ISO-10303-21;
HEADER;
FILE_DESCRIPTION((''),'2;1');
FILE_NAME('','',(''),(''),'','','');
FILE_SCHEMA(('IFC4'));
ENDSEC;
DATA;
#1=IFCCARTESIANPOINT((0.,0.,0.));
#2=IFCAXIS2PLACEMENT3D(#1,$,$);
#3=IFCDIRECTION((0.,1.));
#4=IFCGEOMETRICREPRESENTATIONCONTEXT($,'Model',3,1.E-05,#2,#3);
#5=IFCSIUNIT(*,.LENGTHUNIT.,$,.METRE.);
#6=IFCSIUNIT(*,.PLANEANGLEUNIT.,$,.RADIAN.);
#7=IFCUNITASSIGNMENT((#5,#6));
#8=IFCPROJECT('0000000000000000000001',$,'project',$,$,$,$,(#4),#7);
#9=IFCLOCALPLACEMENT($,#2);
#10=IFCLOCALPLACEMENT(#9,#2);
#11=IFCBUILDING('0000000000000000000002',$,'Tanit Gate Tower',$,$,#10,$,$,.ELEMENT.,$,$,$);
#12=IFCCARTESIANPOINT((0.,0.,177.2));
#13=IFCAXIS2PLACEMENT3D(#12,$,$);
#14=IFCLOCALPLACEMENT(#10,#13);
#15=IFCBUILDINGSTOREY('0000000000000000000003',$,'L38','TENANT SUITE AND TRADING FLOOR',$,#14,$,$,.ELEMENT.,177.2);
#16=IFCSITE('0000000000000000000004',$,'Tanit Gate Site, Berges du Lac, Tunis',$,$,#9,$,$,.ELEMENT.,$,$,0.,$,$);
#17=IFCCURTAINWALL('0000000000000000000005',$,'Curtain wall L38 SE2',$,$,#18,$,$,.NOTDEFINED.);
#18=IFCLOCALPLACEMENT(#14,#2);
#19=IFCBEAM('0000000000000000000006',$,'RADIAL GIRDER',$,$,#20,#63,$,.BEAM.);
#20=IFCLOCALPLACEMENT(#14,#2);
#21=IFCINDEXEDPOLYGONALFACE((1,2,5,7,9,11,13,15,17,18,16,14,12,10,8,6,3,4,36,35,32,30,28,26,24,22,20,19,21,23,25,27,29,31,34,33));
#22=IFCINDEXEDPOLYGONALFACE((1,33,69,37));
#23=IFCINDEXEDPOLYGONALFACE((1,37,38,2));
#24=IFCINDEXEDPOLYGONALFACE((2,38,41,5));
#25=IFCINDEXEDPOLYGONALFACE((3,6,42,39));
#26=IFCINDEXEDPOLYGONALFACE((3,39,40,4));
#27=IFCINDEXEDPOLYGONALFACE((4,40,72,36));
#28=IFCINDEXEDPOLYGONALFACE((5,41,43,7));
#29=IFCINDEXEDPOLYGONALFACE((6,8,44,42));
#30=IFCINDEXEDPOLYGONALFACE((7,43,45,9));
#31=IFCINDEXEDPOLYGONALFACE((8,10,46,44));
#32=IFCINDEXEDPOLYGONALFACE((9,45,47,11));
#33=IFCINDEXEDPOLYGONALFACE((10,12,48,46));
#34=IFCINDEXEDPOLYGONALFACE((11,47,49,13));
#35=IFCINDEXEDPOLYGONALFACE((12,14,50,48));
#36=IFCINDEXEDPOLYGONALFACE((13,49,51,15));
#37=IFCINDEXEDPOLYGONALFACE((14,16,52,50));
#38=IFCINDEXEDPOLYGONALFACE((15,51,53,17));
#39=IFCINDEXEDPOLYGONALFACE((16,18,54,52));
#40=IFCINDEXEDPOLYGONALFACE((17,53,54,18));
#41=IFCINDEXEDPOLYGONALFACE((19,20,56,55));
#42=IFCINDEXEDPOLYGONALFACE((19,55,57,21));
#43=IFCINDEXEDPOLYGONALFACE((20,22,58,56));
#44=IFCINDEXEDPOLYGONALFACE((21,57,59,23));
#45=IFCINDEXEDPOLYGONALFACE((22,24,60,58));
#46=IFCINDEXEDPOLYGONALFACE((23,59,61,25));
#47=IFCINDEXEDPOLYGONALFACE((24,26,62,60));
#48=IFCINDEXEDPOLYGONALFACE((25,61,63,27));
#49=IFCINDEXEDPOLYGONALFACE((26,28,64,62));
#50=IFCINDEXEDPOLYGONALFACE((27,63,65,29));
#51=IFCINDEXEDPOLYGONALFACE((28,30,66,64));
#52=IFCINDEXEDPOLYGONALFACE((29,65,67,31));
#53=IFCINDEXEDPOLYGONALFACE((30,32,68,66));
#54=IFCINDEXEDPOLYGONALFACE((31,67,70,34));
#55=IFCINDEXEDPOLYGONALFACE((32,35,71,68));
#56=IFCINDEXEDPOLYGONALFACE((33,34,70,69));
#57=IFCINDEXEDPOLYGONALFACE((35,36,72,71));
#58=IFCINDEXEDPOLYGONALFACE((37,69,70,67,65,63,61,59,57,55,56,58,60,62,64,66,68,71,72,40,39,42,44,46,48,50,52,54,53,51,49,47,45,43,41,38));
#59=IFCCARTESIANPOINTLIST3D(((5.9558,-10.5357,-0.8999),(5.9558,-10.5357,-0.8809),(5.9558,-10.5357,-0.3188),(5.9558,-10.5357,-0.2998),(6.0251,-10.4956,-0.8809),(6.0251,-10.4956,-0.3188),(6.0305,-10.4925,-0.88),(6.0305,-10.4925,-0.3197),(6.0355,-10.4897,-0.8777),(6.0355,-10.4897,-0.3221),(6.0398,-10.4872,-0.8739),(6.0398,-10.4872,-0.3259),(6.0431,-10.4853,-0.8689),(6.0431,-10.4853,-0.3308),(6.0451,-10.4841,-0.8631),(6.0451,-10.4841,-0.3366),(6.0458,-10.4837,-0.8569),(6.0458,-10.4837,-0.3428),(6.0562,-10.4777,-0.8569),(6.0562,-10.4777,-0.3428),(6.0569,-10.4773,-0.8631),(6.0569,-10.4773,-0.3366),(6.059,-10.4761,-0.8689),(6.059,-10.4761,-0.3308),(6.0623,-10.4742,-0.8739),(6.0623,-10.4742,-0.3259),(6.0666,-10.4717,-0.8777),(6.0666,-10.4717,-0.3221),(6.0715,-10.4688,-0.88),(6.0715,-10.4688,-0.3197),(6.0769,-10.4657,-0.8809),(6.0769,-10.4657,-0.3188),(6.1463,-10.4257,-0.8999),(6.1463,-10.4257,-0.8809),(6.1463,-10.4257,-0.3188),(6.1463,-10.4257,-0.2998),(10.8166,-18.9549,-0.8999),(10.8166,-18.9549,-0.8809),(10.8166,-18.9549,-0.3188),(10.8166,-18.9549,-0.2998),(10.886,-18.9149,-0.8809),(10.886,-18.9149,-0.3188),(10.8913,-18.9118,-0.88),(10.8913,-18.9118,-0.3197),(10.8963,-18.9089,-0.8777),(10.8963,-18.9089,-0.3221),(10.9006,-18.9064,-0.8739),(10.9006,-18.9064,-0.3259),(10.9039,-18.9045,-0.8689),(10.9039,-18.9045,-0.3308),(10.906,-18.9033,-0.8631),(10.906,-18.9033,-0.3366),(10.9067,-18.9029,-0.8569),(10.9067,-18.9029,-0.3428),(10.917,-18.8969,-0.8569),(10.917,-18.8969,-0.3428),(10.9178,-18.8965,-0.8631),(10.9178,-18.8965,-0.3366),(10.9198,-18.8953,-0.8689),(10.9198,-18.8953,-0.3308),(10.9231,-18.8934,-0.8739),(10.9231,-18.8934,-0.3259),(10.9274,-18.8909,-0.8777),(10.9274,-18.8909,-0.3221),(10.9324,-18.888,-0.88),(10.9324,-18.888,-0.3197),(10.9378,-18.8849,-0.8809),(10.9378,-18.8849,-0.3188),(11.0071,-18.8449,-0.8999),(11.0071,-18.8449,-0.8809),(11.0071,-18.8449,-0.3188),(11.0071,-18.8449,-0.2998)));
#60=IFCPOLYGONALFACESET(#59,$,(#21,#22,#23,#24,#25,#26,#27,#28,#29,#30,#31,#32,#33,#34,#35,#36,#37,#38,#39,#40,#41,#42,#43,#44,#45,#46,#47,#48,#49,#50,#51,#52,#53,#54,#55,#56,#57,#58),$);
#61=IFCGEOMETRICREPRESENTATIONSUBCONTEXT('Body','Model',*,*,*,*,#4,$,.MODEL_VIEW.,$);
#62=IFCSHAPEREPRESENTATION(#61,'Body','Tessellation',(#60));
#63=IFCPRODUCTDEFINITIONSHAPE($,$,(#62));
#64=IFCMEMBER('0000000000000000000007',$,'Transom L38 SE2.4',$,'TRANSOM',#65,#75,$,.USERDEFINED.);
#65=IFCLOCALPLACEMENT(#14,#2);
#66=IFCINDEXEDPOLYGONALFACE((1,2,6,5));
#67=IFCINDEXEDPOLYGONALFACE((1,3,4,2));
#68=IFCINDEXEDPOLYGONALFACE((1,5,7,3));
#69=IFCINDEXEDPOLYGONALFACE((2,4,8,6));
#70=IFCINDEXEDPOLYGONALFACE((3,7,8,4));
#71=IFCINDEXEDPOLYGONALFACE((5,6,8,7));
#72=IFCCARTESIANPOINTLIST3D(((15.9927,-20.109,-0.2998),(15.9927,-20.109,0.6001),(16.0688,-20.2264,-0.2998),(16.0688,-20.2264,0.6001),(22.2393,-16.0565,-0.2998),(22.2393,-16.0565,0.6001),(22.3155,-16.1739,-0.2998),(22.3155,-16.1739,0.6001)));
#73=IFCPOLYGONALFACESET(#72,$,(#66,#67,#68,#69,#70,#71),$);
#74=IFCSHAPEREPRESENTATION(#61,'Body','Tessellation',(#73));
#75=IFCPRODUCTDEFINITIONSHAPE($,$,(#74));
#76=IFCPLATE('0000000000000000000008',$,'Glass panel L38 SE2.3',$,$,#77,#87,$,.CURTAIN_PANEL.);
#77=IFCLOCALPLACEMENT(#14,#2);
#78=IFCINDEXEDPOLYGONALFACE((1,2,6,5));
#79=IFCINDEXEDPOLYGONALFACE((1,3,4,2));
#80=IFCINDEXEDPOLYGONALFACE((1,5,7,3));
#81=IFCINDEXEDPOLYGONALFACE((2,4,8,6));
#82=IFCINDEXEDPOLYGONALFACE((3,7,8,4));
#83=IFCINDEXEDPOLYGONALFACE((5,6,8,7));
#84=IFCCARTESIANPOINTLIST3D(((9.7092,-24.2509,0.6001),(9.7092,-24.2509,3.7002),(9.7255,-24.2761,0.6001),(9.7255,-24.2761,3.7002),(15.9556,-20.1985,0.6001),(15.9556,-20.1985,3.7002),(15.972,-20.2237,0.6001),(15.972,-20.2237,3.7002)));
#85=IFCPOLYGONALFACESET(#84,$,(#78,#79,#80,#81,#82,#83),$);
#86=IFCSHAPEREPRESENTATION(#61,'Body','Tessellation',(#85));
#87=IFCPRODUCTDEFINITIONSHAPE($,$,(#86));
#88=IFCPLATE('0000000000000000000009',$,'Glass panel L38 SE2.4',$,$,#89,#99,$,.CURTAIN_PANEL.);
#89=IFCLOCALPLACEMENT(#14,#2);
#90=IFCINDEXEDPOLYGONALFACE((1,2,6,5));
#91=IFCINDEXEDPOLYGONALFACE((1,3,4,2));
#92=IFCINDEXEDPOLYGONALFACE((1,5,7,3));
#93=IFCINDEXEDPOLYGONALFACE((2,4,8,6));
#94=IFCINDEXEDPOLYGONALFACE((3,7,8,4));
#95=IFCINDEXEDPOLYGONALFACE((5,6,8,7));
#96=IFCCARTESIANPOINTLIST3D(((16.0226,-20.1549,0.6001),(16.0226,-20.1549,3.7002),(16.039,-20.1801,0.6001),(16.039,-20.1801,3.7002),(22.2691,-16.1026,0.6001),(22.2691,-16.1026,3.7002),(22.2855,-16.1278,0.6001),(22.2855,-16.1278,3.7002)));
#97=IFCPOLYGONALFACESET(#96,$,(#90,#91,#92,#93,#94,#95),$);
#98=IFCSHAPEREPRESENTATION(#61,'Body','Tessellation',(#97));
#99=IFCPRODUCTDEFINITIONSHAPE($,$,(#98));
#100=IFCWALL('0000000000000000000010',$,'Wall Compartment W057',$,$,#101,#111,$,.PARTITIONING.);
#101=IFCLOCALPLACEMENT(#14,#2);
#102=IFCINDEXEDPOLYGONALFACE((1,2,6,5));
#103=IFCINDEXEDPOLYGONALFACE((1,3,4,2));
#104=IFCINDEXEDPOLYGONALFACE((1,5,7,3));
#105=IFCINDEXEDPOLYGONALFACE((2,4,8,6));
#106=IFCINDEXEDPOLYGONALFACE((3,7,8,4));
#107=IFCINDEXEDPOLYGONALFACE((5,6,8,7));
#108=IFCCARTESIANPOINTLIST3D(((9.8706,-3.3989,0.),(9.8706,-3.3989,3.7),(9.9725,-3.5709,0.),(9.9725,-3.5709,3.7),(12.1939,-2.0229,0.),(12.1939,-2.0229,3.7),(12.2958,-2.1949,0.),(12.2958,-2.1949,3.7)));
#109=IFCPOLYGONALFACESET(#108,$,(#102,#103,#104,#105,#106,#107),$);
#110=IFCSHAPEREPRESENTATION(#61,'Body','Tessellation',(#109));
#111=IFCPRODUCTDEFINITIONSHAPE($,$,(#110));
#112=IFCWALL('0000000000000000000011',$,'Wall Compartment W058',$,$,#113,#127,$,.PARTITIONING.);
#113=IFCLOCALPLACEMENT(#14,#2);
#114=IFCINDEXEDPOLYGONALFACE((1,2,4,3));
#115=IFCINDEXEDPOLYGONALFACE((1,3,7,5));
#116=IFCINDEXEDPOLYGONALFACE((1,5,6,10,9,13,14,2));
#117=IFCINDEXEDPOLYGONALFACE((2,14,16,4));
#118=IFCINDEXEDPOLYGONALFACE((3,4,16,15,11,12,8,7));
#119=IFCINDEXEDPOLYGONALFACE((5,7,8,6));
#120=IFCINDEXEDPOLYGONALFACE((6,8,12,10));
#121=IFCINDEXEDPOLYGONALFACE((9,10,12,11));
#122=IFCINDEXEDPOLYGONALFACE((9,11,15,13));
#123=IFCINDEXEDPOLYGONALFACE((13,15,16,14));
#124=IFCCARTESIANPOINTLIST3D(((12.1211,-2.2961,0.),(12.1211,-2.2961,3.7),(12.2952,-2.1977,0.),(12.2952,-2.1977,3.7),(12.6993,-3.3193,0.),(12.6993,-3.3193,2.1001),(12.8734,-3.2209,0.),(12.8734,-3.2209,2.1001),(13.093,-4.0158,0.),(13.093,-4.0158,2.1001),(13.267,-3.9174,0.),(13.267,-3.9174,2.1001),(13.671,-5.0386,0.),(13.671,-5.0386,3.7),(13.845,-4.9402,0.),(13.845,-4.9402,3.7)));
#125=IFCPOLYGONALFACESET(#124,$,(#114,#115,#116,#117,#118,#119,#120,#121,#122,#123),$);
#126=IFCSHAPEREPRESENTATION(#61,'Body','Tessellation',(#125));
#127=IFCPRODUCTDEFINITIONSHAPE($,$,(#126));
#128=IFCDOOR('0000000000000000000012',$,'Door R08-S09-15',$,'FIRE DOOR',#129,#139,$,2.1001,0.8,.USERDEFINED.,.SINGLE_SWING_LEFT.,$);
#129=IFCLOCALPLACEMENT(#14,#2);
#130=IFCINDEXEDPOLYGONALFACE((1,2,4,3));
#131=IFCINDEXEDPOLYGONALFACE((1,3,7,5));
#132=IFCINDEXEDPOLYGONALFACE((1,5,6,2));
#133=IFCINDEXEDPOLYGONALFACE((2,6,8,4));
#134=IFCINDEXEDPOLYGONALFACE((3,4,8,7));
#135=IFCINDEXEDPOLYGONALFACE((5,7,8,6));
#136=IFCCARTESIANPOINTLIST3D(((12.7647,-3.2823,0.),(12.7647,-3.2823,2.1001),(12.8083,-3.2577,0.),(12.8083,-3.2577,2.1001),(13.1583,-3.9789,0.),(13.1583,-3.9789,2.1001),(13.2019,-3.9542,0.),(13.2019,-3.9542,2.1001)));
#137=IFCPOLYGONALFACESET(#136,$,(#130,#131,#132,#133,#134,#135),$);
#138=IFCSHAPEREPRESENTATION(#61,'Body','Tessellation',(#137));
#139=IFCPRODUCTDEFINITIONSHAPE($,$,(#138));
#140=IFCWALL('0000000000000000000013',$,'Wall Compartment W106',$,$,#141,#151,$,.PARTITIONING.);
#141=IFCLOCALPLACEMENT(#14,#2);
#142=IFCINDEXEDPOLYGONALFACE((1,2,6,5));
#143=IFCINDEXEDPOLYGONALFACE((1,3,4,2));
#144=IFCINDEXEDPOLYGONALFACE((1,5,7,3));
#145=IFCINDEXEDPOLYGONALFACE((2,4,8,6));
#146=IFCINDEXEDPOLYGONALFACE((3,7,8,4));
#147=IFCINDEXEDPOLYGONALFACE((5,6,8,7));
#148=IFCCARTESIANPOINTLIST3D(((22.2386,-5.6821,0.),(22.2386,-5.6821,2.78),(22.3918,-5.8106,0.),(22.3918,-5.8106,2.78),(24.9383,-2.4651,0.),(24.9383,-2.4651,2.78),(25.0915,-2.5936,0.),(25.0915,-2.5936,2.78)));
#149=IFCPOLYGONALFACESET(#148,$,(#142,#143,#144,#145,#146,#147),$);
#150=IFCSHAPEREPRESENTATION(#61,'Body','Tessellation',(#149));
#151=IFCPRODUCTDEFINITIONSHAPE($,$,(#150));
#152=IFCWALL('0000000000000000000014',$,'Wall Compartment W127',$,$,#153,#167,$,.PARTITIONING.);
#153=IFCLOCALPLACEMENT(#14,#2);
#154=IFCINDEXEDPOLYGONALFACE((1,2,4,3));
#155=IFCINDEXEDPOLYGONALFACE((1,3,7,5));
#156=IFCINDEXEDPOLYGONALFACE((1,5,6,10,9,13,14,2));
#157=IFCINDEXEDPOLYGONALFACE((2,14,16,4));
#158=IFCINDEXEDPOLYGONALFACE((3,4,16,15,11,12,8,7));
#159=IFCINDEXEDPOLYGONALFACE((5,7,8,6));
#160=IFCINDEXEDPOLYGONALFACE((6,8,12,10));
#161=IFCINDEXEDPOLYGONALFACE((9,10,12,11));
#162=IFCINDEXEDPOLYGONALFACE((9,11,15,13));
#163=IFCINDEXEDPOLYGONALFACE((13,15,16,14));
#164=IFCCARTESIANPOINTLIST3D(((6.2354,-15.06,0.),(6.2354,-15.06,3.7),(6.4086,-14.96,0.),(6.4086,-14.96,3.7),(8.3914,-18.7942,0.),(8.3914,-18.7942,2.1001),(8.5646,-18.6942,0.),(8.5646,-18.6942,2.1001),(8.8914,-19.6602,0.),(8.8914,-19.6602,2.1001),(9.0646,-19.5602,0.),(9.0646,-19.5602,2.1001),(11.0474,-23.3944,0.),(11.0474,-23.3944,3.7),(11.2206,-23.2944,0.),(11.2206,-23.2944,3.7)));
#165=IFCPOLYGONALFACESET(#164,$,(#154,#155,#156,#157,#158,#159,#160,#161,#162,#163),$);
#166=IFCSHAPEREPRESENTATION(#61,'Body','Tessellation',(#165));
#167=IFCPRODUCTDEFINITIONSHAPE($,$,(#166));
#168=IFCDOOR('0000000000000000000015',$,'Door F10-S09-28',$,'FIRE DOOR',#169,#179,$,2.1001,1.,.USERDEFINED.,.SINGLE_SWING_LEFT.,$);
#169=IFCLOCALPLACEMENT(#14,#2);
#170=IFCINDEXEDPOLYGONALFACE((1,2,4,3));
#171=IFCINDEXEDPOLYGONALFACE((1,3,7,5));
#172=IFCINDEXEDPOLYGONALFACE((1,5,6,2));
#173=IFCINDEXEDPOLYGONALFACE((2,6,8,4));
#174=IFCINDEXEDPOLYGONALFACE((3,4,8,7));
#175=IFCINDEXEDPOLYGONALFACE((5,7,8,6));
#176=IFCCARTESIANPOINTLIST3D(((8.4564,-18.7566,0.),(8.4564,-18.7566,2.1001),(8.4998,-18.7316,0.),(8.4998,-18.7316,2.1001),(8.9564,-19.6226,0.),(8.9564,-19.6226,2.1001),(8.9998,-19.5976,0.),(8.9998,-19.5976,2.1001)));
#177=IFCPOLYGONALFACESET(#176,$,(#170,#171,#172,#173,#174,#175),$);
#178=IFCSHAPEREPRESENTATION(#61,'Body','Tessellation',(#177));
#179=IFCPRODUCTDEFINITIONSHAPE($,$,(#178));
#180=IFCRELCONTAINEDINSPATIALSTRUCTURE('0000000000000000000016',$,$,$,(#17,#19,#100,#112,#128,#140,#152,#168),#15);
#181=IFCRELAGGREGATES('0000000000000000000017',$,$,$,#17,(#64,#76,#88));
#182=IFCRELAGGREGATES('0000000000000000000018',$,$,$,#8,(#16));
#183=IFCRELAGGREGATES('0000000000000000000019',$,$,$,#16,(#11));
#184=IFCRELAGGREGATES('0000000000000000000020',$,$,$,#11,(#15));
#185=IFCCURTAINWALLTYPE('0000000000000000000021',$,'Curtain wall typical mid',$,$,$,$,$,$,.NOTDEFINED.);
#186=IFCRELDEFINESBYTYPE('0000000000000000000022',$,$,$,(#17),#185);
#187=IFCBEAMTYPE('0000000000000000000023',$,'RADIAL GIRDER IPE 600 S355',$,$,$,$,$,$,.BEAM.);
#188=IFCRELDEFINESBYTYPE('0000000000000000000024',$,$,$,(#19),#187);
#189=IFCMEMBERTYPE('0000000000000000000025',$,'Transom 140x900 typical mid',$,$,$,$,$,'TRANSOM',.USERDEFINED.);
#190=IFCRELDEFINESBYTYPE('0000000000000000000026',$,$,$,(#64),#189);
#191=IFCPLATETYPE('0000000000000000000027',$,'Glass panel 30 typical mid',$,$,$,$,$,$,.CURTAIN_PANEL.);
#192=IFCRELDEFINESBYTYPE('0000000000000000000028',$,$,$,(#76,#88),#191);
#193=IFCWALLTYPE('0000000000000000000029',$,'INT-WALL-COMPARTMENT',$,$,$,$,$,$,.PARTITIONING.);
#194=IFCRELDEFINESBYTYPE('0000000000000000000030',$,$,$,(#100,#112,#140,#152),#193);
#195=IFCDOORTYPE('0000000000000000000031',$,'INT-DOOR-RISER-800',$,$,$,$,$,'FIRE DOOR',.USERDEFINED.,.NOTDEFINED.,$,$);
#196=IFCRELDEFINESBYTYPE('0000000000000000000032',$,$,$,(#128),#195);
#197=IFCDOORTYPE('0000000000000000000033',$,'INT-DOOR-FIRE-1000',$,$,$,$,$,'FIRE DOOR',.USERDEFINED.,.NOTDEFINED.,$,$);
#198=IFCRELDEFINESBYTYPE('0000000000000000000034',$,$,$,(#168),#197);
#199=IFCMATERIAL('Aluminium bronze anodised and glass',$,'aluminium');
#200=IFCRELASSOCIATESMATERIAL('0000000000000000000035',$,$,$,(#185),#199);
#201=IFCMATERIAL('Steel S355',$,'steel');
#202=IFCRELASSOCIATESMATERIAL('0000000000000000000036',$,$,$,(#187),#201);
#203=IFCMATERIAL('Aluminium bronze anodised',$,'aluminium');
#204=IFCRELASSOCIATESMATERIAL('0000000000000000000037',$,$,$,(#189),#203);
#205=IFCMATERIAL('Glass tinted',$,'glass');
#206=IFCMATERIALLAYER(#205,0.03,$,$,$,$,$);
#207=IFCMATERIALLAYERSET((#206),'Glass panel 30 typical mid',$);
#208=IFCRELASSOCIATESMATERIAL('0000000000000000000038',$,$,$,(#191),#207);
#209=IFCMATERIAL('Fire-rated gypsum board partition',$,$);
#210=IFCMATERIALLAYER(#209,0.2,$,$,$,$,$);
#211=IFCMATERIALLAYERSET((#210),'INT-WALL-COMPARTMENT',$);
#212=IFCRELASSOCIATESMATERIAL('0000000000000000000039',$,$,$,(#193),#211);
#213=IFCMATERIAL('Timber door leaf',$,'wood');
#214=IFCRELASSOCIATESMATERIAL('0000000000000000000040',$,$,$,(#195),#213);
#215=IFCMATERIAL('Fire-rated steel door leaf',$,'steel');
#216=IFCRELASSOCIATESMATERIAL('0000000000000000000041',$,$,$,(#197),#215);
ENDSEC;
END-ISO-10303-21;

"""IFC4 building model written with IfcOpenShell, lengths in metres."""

from ifc_helpers import new_model, si_unit, direction, frame, frame_2d, origin, origin_2d, place, context, subcontext, project, spatial, rectangle, i_section, extrude, material, layer, layer_set, material_profile, profile_set, type_object, element, fill, aggregate, save


model = new_model("IFC4")

# Units and contexts
model_context = context("Model", 3, precision=1e-05, world=origin(), true_north=direction((0.0, 1.0)))
body_context = subcontext(model_context, "Body", "Model", "MODEL_VIEW")
ifc_project = project(units=[si_unit("LENGTHUNIT", "METRE"), si_unit("PLANEANGLEUNIT", "RADIAN")], contexts=[model_context])

# Site, building, storey
site_placement = place(None, origin())
site = spatial("IfcSite", under=ifc_project, at=site_placement, Name="Tanit Gate Site, Berges du Lac, Tunis", CompositionType="ELEMENT", RefElevation=0.0)
building_placement = place(site_placement, origin())
building = spatial("IfcBuilding", under=site, at=building_placement, Name="Tanit Gate Tower", CompositionType="ELEMENT")
storey_placement = place(building_placement, frame((0.0, 0.0, 177.2)))
storey = spatial("IfcBuildingStorey", under=building, at=storey_placement, Name="L38", Description="TENANT SUITE AND TRADING FLOOR", CompositionType="ELEMENT", Elevation=177.2)

# Curtain wall
ifc_material_1 = material(Name="Aluminium bronze anodised and glass", Category="aluminium")
curtain_wall_type = type_object("IfcCurtainWallType", Name="Curtain wall typical mid", PredefinedType="NOTDEFINED", material=ifc_material_1)
curtain_wall_placement = place(storey_placement, origin())
curtain_wall = element("IfcCurtainWall", 1, at=curtain_wall_placement, inside=storey, type_object=curtain_wall_type, Name="Curtain wall L38 SE2", PredefinedType="NOTDEFINED")

# Beam
ifc_material_2 = material(Name="Steel S355", Category="steel")
ifc_material_profile_1 = material_profile(ifc_material_2, i_section(OverallWidth=0.22, OverallDepth=0.6001, WebThickness=0.012, FlangeThickness=0.019, FilletRadius=0.0239, at=origin_2d()), Name="IPE 600")
ifc_profile_set_1 = profile_set([ifc_material_profile_1], Name="Steel S355")
beam_type_1 = type_object("IfcBeamType", Name="RADIAL GIRDER IPE 600 S355", PredefinedType="BEAM", material=ifc_profile_set_1)
beam_1_placement = place(storey_placement, frame((10.9119, -18.8999, -0.5999), z_axis=(-0.500001, 0.866025, 0.0), x_axis=(-0.866025, -0.500001, 0.0)))
element("IfcBeam", 2, at=beam_1_placement, inside=storey, type_object=beam_type_1, Name="RADIAL GIRDER", PredefinedType="BEAM", context=body_context, shape_type="SweptSolid", body=[
    extrude(i_section(OverallWidth=0.22, OverallDepth=0.6001, WebThickness=0.012, FlangeThickness=0.019, FilletRadius=0.0239, at=origin_2d()), origin(), (0.0, 0.0, 1.0), 9.7217),
])

# Member
ifc_material_3 = material(Name="Aluminium bronze anodised", Category="aluminium")
ifc_material_profile_2 = material_profile(ifc_material_3, rectangle(XDim=0.1399, YDim=0.8999, at=origin_2d()), Name="140x900 bronze transom")
ifc_profile_set_2 = profile_set([ifc_material_profile_2], Name="Aluminium bronze anodised")
member_type_1 = type_object("IfcMemberType", Name="Transom 140x900 typical mid", ElementType="TRANSOM", PredefinedType="USERDEFINED", material=ifc_profile_set_2)
member_1_placement = place(storey_placement, frame((16.0308, -20.1677, 0.1501), z_axis=(0.838921, 0.544253, 0.0), x_axis=(-0.544253, 0.838921, 0.0)))
member_1 = element("IfcMember", 3, at=member_1_placement, type_object=member_type_1, Name="Transom L38 SE2.4", ObjectType="TRANSOM", PredefinedType="USERDEFINED", context=body_context, shape_type="SweptSolid", body=[
    extrude(rectangle(XDim=0.1399, YDim=0.8999, at=origin_2d()), origin(), (0.0, 0.0, 1.0), 7.446),
])

# Plates
ifc_material_4 = material(Name="Glass tinted", Category="glass")
ifc_layer_1 = layer(ifc_material_4, 0.03)
ifc_layer_set_1 = layer_set([ifc_layer_1], Name="Glass panel 30 typical mid")
plate_type = type_object("IfcPlateType", Name="Glass panel 30 typical mid", PredefinedType="CURTAIN_PANEL", material=ifc_layer_set_1)
plate_1_placement = place(storey_placement, frame((12.8406, -22.2373, 0.6001), z_axis=(0.0, 0.0, 1.0), x_axis=(0.838927, 0.544243, 0.0)))
plate_1 = element("IfcPlate", 4, at=plate_1_placement, type_object=plate_type, Name="Glass panel L38 SE2.3", PredefinedType="CURTAIN_PANEL", context=body_context, shape_type="SweptSolid", body=[
    extrude(rectangle(XDim=7.4458, YDim=0.03, at=origin_2d()), origin(), (0.0, 0.0, 1.0), 3.1001),
])
plate_2_placement = place(storey_placement, frame((19.1541, -18.1414, 0.6001), z_axis=(0.0, 0.0, 1.0), x_axis=(0.838927, 0.544243, 0.0)))
plate_2 = element("IfcPlate", 5, at=plate_2_placement, type_object=plate_type, Name="Glass panel L38 SE2.4", PredefinedType="CURTAIN_PANEL", context=body_context, shape_type="SweptSolid", body=[
    extrude(rectangle(XDim=7.4458, YDim=0.03, at=origin_2d()), origin(), (0.0, 0.0, 1.0), 3.1001),
])
aggregate(curtain_wall, [member_1, plate_1, plate_2])

# Wall
ifc_material_5 = material(Name="Fire-rated gypsum board partition")
ifc_layer_2 = layer(ifc_material_5, 0.2)
ifc_layer_set_2 = layer_set([ifc_layer_2], Name="INT-WALL-COMPARTMENT")
wall_type_1 = type_object("IfcWallType", Name="INT-WALL-COMPARTMENT", PredefinedType="PARTITIONING", material=ifc_layer_set_2)
wall_1_placement = place(storey_placement, frame((12.2449, -2.1089, 0.0), z_axis=(0.0, 0.0, 1.0), x_axis=(-0.860415, -0.509594, 0.0)))
element("IfcWall", 6, at=wall_1_placement, inside=storey, type_object=wall_type_1, Name="Wall Compartment W057", PredefinedType="PARTITIONING", context=body_context, shape_type="SweptSolid", body=[
    extrude(rectangle(XDim=2.7002, YDim=0.2, at=frame_2d((1.3501, 0.0))), origin(), (0.0, 0.0, 1.0), 3.7),
])

# Wall, opening, door
wall_2_placement = place(storey_placement, frame((13.7581, -4.9895, 0.0), z_axis=(0.0, 0.0, 1.0), x_axis=(-0.491993, 0.870599, 0.0)))
wall_2 = element("IfcWall", 7, at=wall_2_placement, inside=storey, type_object=wall_type_1, Name="Wall Compartment W058", PredefinedType="PARTITIONING", context=body_context, shape_type="SweptSolid", body=[
    extrude(rectangle(XDim=3.1501, YDim=0.2, at=frame_2d((1.5752, 0.0))), origin(), (0.0, 0.0, 1.0), 3.7),
])
opening_1_placement = place(wall_2_placement, frame((1.175, 0.0, 0.0)))
opening_1 = element("IfcOpeningElement", 8, at=opening_1_placement, cuts=wall_2, PredefinedType="OPENING", context=body_context, shape_type="SweptSolid", body=[
    extrude(rectangle(XDim=0.8, YDim=2.1001, at=frame_2d((0.3999, 1.05))), frame((0.0, 0.1099, 0.0), z_axis=(0.0, -1.0, 0.0), x_axis=(1.0, 0.0, 0.0)), (0.0, 0.0, 1.0), 0.22),
])
ifc_material_6 = material(Name="Timber door leaf", Category="wood")
door_type_1 = type_object("IfcDoorType", Name="INT-DOOR-RISER-800", ElementType="FIRE DOOR", OperationType="NOTDEFINED", PredefinedType="USERDEFINED", material=ifc_material_6)
door_1_placement = place(opening_1_placement, origin())
door_1 = element("IfcDoor", 9, at=door_1_placement, inside=storey, type_object=door_type_1, Name="Door R08-S09-15", ObjectType="FIRE DOOR", OperationType="SINGLE_SWING_LEFT", OverallHeight=2.1001, OverallWidth=0.8, PredefinedType="USERDEFINED", context=body_context, shape_type="SweptSolid", body=[
    extrude(rectangle(XDim=0.8, YDim=2.1001, at=frame_2d((0.3999, 1.05))), frame((0.0, 0.0249, 0.0), z_axis=(0.0, -1.0, 0.0), x_axis=(1.0, 0.0, 0.0)), (0.0, 0.0, 1.0), 0.05),
])
fill(opening_1, door_1)

# Wall
wall_3_placement = place(storey_placement, frame((22.3152, -5.7463, 0.0), z_axis=(0.0, 0.0, 1.0), x_axis=(0.642828, 0.766011, 0.0)))
element("IfcWall", 10, at=wall_3_placement, inside=storey, type_object=wall_type_1, Name="Wall Compartment W106", PredefinedType="PARTITIONING", context=body_context, shape_type="SweptSolid", body=[
    extrude(rectangle(XDim=4.1997, YDim=0.2, at=frame_2d((2.0999, 0.0))), origin(), (0.0, 0.0, 1.0), 2.78),
])

# Wall, opening, door
wall_4_placement = place(storey_placement, frame((11.134, -23.3445, 0.0), z_axis=(0.0, 0.0, 1.0), x_axis=(-0.500008, 0.866021, 0.0)))
wall_4 = element("IfcWall", 11, at=wall_4_placement, inside=storey, type_object=wall_type_1, Name="Wall Compartment W127", PredefinedType="PARTITIONING", context=body_context, shape_type="SweptSolid", body=[
    extrude(rectangle(XDim=9.6238, YDim=0.2, at=frame_2d((4.812, 0.0))), origin(), (0.0, 0.0, 1.0), 3.7),
])
opening_2_placement = place(wall_4_placement, frame((4.312, 0.0, 0.0)))
opening_2 = element("IfcOpeningElement", 12, at=opening_2_placement, cuts=wall_4, PredefinedType="OPENING", context=body_context, shape_type="SweptSolid", body=[
    extrude(rectangle(XDim=1.0, YDim=2.1001, at=frame_2d((0.5, 1.05))), frame((0.0, 0.1099, 0.0), z_axis=(0.0, -1.0, 0.0), x_axis=(1.0, 0.0, 0.0)), (0.0, 0.0, 1.0), 0.22),
])
ifc_material_7 = material(Name="Fire-rated steel door leaf", Category="steel")
door_type_2 = type_object("IfcDoorType", Name="INT-DOOR-FIRE-1000", ElementType="FIRE DOOR", OperationType="NOTDEFINED", PredefinedType="USERDEFINED", material=ifc_material_7)
door_2_placement = place(opening_2_placement, origin())
door_2 = element("IfcDoor", 13, at=door_2_placement, inside=storey, type_object=door_type_2, Name="Door F10-S09-28", ObjectType="FIRE DOOR", OperationType="SINGLE_SWING_LEFT", OverallHeight=2.1001, OverallWidth=1.0, PredefinedType="USERDEFINED", context=body_context, shape_type="SweptSolid", body=[
    extrude(rectangle(XDim=1.0, YDim=2.1001, at=frame_2d((0.5, 1.05))), frame((0.0, 0.0249, 0.0), z_axis=(0.0, -1.0, 0.0), x_axis=(1.0, 0.0, 0.0)), (0.0, 0.0, 1.0), 0.05),
])
fill(opening_2, door_2)

save(model, "model.ifc")
